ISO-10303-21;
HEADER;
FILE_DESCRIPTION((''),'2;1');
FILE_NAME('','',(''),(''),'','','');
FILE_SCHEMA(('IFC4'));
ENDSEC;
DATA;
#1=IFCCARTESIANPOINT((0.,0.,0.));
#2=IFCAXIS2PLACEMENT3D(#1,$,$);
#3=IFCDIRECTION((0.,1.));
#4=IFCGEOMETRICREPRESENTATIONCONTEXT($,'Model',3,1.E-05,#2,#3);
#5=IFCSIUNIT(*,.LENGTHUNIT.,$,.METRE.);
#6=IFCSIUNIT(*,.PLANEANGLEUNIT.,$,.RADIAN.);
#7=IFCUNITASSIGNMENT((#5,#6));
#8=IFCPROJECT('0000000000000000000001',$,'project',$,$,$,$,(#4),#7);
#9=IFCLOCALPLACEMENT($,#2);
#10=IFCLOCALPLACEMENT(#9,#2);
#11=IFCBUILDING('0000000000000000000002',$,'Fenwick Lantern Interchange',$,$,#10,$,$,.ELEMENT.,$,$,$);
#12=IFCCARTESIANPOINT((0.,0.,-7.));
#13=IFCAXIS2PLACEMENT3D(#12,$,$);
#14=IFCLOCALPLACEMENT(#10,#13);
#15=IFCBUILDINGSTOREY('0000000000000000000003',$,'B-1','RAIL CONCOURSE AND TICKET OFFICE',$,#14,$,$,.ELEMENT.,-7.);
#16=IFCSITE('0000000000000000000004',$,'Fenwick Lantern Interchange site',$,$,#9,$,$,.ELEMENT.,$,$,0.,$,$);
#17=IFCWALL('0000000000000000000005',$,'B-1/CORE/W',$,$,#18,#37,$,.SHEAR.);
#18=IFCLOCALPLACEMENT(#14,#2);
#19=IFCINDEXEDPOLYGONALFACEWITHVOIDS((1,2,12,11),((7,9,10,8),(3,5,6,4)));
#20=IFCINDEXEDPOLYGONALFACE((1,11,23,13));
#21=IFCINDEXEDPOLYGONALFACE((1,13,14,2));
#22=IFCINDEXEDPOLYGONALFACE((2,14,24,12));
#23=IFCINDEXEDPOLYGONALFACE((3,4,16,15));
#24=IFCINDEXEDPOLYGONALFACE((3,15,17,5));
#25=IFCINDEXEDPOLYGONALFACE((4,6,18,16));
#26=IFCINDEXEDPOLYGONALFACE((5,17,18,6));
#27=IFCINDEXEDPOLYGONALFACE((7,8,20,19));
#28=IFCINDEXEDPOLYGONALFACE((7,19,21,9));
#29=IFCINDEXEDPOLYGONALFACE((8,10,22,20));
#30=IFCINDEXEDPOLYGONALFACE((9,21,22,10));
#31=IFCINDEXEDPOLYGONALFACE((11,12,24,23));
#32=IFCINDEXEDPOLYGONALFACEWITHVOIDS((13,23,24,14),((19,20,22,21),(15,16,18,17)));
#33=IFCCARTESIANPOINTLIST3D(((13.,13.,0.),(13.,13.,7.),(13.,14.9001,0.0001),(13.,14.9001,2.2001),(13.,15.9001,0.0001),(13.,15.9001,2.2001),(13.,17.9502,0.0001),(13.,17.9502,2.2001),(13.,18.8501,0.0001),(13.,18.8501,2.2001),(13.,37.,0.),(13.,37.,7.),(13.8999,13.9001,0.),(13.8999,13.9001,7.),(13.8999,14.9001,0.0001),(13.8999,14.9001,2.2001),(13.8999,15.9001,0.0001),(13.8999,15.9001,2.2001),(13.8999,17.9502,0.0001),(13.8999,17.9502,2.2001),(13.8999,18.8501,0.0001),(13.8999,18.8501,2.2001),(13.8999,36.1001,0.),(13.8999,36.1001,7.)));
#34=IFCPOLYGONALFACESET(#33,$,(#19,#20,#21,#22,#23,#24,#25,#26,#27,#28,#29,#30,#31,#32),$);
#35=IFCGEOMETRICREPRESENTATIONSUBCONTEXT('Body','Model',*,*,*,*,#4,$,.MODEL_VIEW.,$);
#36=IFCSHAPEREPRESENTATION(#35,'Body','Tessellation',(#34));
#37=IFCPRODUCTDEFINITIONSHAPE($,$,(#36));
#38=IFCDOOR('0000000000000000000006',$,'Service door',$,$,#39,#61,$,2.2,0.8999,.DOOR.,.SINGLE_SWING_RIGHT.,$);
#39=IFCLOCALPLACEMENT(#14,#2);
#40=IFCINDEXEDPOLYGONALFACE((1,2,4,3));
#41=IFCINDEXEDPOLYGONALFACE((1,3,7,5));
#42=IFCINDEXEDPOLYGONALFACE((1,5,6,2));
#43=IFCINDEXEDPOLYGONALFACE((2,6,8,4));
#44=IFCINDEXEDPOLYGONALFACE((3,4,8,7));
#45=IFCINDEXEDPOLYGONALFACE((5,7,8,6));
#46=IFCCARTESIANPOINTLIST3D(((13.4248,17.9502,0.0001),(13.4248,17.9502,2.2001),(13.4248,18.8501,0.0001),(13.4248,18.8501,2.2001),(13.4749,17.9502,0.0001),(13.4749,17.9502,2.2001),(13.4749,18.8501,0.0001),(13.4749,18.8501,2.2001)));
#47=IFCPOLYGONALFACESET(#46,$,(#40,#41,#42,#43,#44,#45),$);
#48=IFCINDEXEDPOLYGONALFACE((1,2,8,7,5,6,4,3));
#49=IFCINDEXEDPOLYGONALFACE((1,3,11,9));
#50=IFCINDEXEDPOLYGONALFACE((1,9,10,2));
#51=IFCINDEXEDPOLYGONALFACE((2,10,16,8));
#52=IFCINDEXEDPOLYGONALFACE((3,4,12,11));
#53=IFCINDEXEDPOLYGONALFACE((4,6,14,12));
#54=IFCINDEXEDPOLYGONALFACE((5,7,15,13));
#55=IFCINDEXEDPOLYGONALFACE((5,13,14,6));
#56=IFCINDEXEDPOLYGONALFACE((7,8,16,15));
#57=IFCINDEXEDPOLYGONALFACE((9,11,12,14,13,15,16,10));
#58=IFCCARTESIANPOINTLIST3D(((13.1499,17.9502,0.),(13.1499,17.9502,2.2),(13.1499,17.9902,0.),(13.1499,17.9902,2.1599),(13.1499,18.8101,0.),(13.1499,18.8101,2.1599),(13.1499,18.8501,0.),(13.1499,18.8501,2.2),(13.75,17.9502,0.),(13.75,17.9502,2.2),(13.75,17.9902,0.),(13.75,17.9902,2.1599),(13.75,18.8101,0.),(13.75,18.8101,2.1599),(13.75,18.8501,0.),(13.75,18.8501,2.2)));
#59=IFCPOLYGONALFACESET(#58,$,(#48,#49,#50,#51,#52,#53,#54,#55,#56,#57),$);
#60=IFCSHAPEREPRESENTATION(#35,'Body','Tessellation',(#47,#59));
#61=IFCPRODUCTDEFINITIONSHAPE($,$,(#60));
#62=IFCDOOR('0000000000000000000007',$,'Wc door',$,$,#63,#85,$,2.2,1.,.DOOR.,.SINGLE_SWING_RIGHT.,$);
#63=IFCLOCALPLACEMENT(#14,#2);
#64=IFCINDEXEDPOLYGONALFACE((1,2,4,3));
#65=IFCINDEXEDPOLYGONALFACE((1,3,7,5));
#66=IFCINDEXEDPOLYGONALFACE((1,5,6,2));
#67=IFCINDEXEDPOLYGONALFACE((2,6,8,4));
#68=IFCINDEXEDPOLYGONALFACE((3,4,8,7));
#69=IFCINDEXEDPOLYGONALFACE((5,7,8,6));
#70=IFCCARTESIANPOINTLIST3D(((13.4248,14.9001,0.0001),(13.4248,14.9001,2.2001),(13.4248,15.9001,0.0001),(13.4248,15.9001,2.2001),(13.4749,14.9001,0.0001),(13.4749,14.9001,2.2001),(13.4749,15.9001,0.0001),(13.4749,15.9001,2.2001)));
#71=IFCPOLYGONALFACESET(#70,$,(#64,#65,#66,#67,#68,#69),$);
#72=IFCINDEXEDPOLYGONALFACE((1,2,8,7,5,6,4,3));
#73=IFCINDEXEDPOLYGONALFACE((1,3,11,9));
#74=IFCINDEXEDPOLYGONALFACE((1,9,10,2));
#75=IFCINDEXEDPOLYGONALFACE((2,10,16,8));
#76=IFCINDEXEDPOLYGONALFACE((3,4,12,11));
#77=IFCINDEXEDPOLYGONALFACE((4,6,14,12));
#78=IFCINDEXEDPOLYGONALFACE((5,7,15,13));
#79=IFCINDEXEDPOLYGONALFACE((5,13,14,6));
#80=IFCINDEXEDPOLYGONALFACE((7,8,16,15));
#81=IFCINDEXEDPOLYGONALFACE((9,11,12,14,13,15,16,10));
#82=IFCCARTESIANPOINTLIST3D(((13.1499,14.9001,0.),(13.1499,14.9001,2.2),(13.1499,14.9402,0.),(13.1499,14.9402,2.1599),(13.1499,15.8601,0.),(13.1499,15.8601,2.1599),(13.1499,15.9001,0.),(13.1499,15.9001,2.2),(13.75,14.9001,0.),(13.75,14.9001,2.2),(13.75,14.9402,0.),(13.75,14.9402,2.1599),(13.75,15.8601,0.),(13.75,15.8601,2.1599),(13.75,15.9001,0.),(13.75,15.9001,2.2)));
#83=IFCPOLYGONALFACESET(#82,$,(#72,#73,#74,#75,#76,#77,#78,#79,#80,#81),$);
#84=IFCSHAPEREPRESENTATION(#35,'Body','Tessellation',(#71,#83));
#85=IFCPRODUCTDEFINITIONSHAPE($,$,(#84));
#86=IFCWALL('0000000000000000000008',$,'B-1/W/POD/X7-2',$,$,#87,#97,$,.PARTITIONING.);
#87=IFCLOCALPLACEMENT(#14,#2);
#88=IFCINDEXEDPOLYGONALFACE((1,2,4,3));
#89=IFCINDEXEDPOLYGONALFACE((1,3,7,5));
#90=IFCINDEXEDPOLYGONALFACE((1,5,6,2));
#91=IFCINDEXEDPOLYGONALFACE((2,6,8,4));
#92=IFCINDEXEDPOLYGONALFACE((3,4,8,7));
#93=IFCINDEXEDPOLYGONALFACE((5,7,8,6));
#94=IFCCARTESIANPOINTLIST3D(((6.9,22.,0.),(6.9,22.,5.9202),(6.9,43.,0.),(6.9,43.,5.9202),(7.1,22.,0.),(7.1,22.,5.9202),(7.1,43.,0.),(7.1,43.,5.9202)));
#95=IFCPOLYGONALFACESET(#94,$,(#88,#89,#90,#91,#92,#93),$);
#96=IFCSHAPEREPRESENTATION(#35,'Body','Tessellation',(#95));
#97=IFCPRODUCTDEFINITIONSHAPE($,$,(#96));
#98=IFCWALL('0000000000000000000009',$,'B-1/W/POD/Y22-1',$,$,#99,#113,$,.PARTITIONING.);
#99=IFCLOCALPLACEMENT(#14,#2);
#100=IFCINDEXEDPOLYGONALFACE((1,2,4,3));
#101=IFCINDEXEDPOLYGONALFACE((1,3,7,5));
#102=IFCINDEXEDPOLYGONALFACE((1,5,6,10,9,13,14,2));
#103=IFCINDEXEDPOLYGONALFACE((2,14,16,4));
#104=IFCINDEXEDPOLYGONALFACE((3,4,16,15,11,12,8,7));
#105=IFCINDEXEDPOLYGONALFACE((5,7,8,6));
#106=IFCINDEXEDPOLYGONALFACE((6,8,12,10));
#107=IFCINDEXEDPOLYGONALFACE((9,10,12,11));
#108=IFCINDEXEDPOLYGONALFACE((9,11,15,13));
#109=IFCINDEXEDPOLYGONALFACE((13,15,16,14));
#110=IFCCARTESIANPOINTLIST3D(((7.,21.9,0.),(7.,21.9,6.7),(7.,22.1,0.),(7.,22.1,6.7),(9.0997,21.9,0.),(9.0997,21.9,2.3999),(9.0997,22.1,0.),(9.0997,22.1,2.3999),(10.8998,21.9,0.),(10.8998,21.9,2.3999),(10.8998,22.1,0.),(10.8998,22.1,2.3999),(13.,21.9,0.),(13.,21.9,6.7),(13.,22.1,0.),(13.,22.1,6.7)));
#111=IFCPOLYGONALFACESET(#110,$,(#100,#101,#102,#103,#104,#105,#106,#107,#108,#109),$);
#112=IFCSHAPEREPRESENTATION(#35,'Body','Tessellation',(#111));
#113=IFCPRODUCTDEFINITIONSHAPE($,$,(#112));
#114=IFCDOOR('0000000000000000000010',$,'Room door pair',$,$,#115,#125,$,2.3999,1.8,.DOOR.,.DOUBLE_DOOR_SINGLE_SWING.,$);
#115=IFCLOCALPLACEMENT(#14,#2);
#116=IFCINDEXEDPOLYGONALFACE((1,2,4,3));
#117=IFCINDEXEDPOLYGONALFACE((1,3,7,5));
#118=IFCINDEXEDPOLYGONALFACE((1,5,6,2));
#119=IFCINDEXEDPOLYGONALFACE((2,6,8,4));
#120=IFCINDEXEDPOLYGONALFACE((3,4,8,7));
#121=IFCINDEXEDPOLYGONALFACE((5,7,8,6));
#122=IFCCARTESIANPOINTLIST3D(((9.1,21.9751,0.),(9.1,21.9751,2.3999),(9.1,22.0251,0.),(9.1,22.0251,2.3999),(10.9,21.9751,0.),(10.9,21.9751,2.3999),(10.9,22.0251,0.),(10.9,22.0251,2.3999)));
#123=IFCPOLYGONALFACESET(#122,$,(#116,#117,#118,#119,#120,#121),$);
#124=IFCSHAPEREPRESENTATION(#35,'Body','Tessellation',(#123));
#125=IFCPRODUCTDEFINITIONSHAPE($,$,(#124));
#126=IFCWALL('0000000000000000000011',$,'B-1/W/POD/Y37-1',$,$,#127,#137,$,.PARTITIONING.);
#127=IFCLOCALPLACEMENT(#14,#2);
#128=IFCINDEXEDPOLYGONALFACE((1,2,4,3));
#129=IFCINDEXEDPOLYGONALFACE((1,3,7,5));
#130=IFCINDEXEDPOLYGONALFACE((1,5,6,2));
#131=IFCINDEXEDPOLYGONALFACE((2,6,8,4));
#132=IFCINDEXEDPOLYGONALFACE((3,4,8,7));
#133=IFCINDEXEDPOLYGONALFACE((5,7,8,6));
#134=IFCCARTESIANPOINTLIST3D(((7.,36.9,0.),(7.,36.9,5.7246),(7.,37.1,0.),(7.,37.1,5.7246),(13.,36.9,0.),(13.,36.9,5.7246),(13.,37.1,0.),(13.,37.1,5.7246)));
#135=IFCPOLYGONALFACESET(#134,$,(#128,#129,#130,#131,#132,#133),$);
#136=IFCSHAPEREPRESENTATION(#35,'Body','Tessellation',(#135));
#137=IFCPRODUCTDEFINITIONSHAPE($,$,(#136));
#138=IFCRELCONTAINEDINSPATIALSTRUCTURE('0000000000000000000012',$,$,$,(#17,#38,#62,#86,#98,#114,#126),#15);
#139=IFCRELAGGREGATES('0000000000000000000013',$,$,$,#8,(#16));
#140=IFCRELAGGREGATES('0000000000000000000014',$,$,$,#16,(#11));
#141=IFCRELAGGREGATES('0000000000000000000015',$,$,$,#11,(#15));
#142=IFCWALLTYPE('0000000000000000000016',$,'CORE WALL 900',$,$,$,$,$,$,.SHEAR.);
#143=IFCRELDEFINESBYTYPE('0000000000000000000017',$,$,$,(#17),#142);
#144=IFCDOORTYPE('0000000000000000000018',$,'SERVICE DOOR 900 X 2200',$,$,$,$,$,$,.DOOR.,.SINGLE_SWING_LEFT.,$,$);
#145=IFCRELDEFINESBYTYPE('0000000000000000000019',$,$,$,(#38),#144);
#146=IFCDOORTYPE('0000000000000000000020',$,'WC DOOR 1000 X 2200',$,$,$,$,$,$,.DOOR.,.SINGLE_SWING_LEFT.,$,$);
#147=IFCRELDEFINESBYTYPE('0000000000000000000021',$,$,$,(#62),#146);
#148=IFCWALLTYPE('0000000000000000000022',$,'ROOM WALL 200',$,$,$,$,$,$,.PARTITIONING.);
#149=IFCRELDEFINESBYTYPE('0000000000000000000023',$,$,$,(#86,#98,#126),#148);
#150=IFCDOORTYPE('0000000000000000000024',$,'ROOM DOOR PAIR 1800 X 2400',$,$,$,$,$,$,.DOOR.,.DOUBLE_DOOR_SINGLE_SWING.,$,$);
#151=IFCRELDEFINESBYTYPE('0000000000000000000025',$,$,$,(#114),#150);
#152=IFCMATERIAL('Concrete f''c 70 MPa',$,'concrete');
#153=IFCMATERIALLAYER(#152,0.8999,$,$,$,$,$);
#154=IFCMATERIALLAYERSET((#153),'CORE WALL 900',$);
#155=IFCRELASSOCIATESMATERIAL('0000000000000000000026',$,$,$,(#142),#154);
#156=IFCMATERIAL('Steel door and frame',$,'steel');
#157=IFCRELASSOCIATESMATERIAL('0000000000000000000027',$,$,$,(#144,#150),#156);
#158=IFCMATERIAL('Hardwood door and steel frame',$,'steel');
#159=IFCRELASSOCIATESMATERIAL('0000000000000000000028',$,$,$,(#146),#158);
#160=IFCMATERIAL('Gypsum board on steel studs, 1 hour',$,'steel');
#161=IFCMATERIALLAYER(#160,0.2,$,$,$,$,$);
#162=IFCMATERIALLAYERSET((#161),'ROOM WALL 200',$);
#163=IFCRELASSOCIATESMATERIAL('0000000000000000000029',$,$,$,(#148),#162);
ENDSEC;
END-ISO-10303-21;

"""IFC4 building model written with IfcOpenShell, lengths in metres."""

from ifc_helpers import new_model, si_unit, direction, frame, frame_2d, origin, place, context, subcontext, project, spatial, polyline, rectangle, outline, extrude, material, layer, layer_set, type_object, element, fill, save


model = new_model("IFC4")

# Units and contexts
model_context = context("Model", 3, precision=1e-05, world=origin(), true_north=direction((0.0, 1.0)))
body_context = subcontext(model_context, "Body", "Model", "MODEL_VIEW")
ifc_project = project(units=[si_unit("LENGTHUNIT", "METRE"), si_unit("PLANEANGLEUNIT", "RADIAN")], contexts=[model_context])

# Site, building, storey
site_placement = place(None, origin())
site = spatial("IfcSite", under=ifc_project, at=site_placement, Name="Fenwick Lantern Interchange site", CompositionType="ELEMENT", RefElevation=0.0)
building_placement = place(site_placement, origin())
building = spatial("IfcBuilding", under=site, at=building_placement, Name="Fenwick Lantern Interchange", CompositionType="ELEMENT")
storey_placement = place(building_placement, frame((0.0, 0.0, -7.0)))
storey = spatial("IfcBuildingStorey", under=building, at=storey_placement, Name="B-1", Description="RAIL CONCOURSE AND TICKET OFFICE", CompositionType="ELEMENT", Elevation=-7.0)

# Shared definitions
ifc_material_1 = material(Name="Concrete f'c 70 MPa", Category="concrete")

# Wall, openings, doors
ifc_layer_1 = layer(ifc_material_1, 0.8999)
ifc_layer_set_1 = layer_set([ifc_layer_1], Name="CORE WALL 900")
wall_type_1 = type_object("IfcWallType", Name="CORE WALL 900", PredefinedType="SHEAR", material=ifc_layer_set_1)
wall_1_placement = place(storey_placement, frame((13.45, 36.1001, 0.0), z_axis=(0.0, 0.0, 1.0), x_axis=(0.0, -1.0, 0.0)))
wall_1 = element("IfcWall", 1, at=wall_1_placement, inside=storey, type_object=wall_type_1, Name="B-1/CORE/W", PredefinedType="SHEAR", context=body_context, shape_type="SweptSolid", body=[
    extrude(outline(polyline([(-0.8999, -0.45), (23.1001, -0.45), (22.2, 0.45), (0.0, 0.45), (-0.8999, -0.45)])), origin(), (0.0, 0.0, 1.0), 7.0),
])
opening_1_placement = place(wall_1_placement, frame((20.2, 0.0, 0.0)))
opening_1 = element("IfcOpeningElement", 2, at=opening_1_placement, cuts=wall_1, PredefinedType="OPENING", context=body_context, shape_type="SweptSolid", body=[
    extrude(rectangle(XDim=1.0, YDim=2.2, at=frame_2d((0.5, 1.1001))), frame((0.0, 0.46, 0.0), z_axis=(0.0, -1.0, 0.0), x_axis=(1.0, 0.0, 0.0)), (0.0, 0.0, 1.0), 0.9199),
])
opening_2_placement = place(wall_1_placement, frame((17.25, 0.0, 0.0)))
opening_2 = element("IfcOpeningElement", 3, at=opening_2_placement, cuts=wall_1, PredefinedType="OPENING", context=body_context, shape_type="SweptSolid", body=[
    extrude(rectangle(XDim=0.8999, YDim=2.2, at=frame_2d((0.45, 1.1001))), frame((0.0, 0.46, 0.0), z_axis=(0.0, -1.0, 0.0), x_axis=(1.0, 0.0, 0.0)), (0.0, 0.0, 1.0), 0.9199),
])
ifc_material_2 = material(Name="Steel door and frame", Category="steel")
door_type_1 = type_object("IfcDoorType", Name="SERVICE DOOR 900 X 2200", OperationType="SINGLE_SWING_LEFT", PredefinedType="DOOR", material=ifc_material_2)
door_1_placement = place(opening_2_placement, origin())
door_1 = element("IfcDoor", 4, at=door_1_placement, inside=storey, type_object=door_type_1, Name="Service door", OperationType="SINGLE_SWING_RIGHT", OverallHeight=2.2, OverallWidth=0.8999, PredefinedType="DOOR", context=body_context, shape_type="SweptSolid", body=[
    extrude(rectangle(XDim=0.8999, YDim=2.2, at=frame_2d((0.45, 1.1001))), frame((0.0, 0.0249, 0.0), z_axis=(0.0, -1.0, 0.0), x_axis=(1.0, 0.0, 0.0)), (0.0, 0.0, 1.0), 0.05),
    extrude(outline(polyline([(0.0, 0.0), (0.04, 0.0), (0.04, 2.1599), (0.8599, 2.1599), (0.8599, 0.0), (0.8999, 0.0), (0.8999, 2.2), (0.0, 2.2), (0.0, 0.0)])), frame((0.0, 0.3, 0.0), z_axis=(0.0, -1.0, 0.0), x_axis=(1.0, 0.0, 0.0)), (0.0, 0.0, 1.0), 0.6001),
])
fill(opening_2, door_1)
ifc_material_3 = material(Name="Hardwood door and steel frame", Category="steel")
door_type_2 = type_object("IfcDoorType", Name="WC DOOR 1000 X 2200", OperationType="SINGLE_SWING_LEFT", PredefinedType="DOOR", material=ifc_material_3)
door_2_placement = place(opening_1_placement, origin())
door_2 = element("IfcDoor", 5, at=door_2_placement, inside=storey, type_object=door_type_2, Name="Wc door", OperationType="SINGLE_SWING_RIGHT", OverallHeight=2.2, OverallWidth=1.0, PredefinedType="DOOR", context=body_context, shape_type="SweptSolid", body=[
    extrude(rectangle(XDim=1.0, YDim=2.2, at=frame_2d((0.5, 1.1001))), frame((0.0, 0.0249, 0.0), z_axis=(0.0, -1.0, 0.0), x_axis=(1.0, 0.0, 0.0)), (0.0, 0.0, 1.0), 0.05),
    extrude(outline(polyline([(0.0, 0.0), (0.04, 0.0), (0.04, 2.1599), (0.96, 2.1599), (0.96, 0.0), (1.0, 0.0), (1.0, 2.2), (0.0, 2.2), (0.0, 0.0)])), frame((0.0, 0.3, 0.0), z_axis=(0.0, -1.0, 0.0), x_axis=(1.0, 0.0, 0.0)), (0.0, 0.0, 1.0), 0.6001),
])
fill(opening_1, door_2)

# Wall
ifc_material_4 = material(Name="Gypsum board on steel studs, 1 hour", Category="steel")
ifc_layer_2 = layer(ifc_material_4, 0.2)
ifc_layer_set_2 = layer_set([ifc_layer_2], Name="ROOM WALL 200")
wall_type_2 = type_object("IfcWallType", Name="ROOM WALL 200", PredefinedType="PARTITIONING", material=ifc_layer_set_2)
wall_2_placement = place(storey_placement, frame((7.0, 22.0, 0.0), z_axis=(0.0, 0.0, 1.0), x_axis=(0.0, 1.0, 0.0)))
element("IfcWall", 6, at=wall_2_placement, inside=storey, type_object=wall_type_2, Name="B-1/W/POD/X7-2", PredefinedType="PARTITIONING", context=body_context, shape_type="SweptSolid", body=[
    extrude(rectangle(XDim=21.0, YDim=0.2, at=frame_2d((10.5, 0.0))), origin(), (0.0, 0.0, 1.0), 5.9202),
])

# Wall, opening, door
wall_3_placement = place(storey_placement, frame((7.0, 22.0, 0.0), z_axis=(0.0, 0.0, 1.0), x_axis=(1.0, 0.0, 0.0)))
wall_3 = element("IfcWall", 7, at=wall_3_placement, inside=storey, type_object=wall_type_2, Name="B-1/W/POD/Y22-1", PredefinedType="PARTITIONING", context=body_context, shape_type="SweptSolid", body=[
    extrude(rectangle(XDim=6.0, YDim=0.2, at=frame_2d((3.0, 0.0))), origin(), (0.0, 0.0, 1.0), 6.7),
])
opening_3_placement = place(wall_3_placement, frame((2.0999, 0.0, 0.0)))
opening_3 = element("IfcOpeningElement", 8, at=opening_3_placement, cuts=wall_3, PredefinedType="OPENING", context=body_context, shape_type="SweptSolid", body=[
    extrude(rectangle(XDim=1.8, YDim=2.3999, at=frame_2d((0.8999, 1.2))), frame((0.0, 0.1099, 0.0), z_axis=(0.0, -1.0, 0.0), x_axis=(1.0, 0.0, 0.0)), (0.0, 0.0, 1.0), 0.22),
])
door_type_3 = type_object("IfcDoorType", Name="ROOM DOOR PAIR 1800 X 2400", OperationType="DOUBLE_DOOR_SINGLE_SWING", PredefinedType="DOOR", material=ifc_material_2)
door_3_placement = place(opening_3_placement, frame((1.8, 0.0, 0.0), z_axis=(0.0, 0.0, 1.0), x_axis=(-1.0, 0.0, 0.0)))
door_3 = element("IfcDoor", 9, at=door_3_placement, inside=storey, type_object=door_type_3, Name="Room door pair", OperationType="DOUBLE_DOOR_SINGLE_SWING", OverallHeight=2.3999, OverallWidth=1.8, PredefinedType="DOOR", context=body_context, shape_type="SweptSolid", body=[
    extrude(rectangle(XDim=1.8, YDim=2.3999, at=frame_2d((0.8999, 1.2))), frame((0.0, 0.0249, 0.0), z_axis=(0.0, -1.0, 0.0), x_axis=(1.0, 0.0, 0.0)), (0.0, 0.0, 1.0), 0.05),
])
fill(opening_3, door_3)

# Wall
wall_4_placement = place(storey_placement, frame((7.0, 37.0, 0.0), z_axis=(0.0, 0.0, 1.0), x_axis=(1.0, 0.0, 0.0)))
element("IfcWall", 10, at=wall_4_placement, inside=storey, type_object=wall_type_2, Name="B-1/W/POD/Y37-1", PredefinedType="PARTITIONING", context=body_context, shape_type="SweptSolid", body=[
    extrude(rectangle(XDim=6.0, YDim=0.2, at=frame_2d((3.0, 0.0))), origin(), (0.0, 0.0, 1.0), 5.7246),
])

save(model, "model.ifc")
